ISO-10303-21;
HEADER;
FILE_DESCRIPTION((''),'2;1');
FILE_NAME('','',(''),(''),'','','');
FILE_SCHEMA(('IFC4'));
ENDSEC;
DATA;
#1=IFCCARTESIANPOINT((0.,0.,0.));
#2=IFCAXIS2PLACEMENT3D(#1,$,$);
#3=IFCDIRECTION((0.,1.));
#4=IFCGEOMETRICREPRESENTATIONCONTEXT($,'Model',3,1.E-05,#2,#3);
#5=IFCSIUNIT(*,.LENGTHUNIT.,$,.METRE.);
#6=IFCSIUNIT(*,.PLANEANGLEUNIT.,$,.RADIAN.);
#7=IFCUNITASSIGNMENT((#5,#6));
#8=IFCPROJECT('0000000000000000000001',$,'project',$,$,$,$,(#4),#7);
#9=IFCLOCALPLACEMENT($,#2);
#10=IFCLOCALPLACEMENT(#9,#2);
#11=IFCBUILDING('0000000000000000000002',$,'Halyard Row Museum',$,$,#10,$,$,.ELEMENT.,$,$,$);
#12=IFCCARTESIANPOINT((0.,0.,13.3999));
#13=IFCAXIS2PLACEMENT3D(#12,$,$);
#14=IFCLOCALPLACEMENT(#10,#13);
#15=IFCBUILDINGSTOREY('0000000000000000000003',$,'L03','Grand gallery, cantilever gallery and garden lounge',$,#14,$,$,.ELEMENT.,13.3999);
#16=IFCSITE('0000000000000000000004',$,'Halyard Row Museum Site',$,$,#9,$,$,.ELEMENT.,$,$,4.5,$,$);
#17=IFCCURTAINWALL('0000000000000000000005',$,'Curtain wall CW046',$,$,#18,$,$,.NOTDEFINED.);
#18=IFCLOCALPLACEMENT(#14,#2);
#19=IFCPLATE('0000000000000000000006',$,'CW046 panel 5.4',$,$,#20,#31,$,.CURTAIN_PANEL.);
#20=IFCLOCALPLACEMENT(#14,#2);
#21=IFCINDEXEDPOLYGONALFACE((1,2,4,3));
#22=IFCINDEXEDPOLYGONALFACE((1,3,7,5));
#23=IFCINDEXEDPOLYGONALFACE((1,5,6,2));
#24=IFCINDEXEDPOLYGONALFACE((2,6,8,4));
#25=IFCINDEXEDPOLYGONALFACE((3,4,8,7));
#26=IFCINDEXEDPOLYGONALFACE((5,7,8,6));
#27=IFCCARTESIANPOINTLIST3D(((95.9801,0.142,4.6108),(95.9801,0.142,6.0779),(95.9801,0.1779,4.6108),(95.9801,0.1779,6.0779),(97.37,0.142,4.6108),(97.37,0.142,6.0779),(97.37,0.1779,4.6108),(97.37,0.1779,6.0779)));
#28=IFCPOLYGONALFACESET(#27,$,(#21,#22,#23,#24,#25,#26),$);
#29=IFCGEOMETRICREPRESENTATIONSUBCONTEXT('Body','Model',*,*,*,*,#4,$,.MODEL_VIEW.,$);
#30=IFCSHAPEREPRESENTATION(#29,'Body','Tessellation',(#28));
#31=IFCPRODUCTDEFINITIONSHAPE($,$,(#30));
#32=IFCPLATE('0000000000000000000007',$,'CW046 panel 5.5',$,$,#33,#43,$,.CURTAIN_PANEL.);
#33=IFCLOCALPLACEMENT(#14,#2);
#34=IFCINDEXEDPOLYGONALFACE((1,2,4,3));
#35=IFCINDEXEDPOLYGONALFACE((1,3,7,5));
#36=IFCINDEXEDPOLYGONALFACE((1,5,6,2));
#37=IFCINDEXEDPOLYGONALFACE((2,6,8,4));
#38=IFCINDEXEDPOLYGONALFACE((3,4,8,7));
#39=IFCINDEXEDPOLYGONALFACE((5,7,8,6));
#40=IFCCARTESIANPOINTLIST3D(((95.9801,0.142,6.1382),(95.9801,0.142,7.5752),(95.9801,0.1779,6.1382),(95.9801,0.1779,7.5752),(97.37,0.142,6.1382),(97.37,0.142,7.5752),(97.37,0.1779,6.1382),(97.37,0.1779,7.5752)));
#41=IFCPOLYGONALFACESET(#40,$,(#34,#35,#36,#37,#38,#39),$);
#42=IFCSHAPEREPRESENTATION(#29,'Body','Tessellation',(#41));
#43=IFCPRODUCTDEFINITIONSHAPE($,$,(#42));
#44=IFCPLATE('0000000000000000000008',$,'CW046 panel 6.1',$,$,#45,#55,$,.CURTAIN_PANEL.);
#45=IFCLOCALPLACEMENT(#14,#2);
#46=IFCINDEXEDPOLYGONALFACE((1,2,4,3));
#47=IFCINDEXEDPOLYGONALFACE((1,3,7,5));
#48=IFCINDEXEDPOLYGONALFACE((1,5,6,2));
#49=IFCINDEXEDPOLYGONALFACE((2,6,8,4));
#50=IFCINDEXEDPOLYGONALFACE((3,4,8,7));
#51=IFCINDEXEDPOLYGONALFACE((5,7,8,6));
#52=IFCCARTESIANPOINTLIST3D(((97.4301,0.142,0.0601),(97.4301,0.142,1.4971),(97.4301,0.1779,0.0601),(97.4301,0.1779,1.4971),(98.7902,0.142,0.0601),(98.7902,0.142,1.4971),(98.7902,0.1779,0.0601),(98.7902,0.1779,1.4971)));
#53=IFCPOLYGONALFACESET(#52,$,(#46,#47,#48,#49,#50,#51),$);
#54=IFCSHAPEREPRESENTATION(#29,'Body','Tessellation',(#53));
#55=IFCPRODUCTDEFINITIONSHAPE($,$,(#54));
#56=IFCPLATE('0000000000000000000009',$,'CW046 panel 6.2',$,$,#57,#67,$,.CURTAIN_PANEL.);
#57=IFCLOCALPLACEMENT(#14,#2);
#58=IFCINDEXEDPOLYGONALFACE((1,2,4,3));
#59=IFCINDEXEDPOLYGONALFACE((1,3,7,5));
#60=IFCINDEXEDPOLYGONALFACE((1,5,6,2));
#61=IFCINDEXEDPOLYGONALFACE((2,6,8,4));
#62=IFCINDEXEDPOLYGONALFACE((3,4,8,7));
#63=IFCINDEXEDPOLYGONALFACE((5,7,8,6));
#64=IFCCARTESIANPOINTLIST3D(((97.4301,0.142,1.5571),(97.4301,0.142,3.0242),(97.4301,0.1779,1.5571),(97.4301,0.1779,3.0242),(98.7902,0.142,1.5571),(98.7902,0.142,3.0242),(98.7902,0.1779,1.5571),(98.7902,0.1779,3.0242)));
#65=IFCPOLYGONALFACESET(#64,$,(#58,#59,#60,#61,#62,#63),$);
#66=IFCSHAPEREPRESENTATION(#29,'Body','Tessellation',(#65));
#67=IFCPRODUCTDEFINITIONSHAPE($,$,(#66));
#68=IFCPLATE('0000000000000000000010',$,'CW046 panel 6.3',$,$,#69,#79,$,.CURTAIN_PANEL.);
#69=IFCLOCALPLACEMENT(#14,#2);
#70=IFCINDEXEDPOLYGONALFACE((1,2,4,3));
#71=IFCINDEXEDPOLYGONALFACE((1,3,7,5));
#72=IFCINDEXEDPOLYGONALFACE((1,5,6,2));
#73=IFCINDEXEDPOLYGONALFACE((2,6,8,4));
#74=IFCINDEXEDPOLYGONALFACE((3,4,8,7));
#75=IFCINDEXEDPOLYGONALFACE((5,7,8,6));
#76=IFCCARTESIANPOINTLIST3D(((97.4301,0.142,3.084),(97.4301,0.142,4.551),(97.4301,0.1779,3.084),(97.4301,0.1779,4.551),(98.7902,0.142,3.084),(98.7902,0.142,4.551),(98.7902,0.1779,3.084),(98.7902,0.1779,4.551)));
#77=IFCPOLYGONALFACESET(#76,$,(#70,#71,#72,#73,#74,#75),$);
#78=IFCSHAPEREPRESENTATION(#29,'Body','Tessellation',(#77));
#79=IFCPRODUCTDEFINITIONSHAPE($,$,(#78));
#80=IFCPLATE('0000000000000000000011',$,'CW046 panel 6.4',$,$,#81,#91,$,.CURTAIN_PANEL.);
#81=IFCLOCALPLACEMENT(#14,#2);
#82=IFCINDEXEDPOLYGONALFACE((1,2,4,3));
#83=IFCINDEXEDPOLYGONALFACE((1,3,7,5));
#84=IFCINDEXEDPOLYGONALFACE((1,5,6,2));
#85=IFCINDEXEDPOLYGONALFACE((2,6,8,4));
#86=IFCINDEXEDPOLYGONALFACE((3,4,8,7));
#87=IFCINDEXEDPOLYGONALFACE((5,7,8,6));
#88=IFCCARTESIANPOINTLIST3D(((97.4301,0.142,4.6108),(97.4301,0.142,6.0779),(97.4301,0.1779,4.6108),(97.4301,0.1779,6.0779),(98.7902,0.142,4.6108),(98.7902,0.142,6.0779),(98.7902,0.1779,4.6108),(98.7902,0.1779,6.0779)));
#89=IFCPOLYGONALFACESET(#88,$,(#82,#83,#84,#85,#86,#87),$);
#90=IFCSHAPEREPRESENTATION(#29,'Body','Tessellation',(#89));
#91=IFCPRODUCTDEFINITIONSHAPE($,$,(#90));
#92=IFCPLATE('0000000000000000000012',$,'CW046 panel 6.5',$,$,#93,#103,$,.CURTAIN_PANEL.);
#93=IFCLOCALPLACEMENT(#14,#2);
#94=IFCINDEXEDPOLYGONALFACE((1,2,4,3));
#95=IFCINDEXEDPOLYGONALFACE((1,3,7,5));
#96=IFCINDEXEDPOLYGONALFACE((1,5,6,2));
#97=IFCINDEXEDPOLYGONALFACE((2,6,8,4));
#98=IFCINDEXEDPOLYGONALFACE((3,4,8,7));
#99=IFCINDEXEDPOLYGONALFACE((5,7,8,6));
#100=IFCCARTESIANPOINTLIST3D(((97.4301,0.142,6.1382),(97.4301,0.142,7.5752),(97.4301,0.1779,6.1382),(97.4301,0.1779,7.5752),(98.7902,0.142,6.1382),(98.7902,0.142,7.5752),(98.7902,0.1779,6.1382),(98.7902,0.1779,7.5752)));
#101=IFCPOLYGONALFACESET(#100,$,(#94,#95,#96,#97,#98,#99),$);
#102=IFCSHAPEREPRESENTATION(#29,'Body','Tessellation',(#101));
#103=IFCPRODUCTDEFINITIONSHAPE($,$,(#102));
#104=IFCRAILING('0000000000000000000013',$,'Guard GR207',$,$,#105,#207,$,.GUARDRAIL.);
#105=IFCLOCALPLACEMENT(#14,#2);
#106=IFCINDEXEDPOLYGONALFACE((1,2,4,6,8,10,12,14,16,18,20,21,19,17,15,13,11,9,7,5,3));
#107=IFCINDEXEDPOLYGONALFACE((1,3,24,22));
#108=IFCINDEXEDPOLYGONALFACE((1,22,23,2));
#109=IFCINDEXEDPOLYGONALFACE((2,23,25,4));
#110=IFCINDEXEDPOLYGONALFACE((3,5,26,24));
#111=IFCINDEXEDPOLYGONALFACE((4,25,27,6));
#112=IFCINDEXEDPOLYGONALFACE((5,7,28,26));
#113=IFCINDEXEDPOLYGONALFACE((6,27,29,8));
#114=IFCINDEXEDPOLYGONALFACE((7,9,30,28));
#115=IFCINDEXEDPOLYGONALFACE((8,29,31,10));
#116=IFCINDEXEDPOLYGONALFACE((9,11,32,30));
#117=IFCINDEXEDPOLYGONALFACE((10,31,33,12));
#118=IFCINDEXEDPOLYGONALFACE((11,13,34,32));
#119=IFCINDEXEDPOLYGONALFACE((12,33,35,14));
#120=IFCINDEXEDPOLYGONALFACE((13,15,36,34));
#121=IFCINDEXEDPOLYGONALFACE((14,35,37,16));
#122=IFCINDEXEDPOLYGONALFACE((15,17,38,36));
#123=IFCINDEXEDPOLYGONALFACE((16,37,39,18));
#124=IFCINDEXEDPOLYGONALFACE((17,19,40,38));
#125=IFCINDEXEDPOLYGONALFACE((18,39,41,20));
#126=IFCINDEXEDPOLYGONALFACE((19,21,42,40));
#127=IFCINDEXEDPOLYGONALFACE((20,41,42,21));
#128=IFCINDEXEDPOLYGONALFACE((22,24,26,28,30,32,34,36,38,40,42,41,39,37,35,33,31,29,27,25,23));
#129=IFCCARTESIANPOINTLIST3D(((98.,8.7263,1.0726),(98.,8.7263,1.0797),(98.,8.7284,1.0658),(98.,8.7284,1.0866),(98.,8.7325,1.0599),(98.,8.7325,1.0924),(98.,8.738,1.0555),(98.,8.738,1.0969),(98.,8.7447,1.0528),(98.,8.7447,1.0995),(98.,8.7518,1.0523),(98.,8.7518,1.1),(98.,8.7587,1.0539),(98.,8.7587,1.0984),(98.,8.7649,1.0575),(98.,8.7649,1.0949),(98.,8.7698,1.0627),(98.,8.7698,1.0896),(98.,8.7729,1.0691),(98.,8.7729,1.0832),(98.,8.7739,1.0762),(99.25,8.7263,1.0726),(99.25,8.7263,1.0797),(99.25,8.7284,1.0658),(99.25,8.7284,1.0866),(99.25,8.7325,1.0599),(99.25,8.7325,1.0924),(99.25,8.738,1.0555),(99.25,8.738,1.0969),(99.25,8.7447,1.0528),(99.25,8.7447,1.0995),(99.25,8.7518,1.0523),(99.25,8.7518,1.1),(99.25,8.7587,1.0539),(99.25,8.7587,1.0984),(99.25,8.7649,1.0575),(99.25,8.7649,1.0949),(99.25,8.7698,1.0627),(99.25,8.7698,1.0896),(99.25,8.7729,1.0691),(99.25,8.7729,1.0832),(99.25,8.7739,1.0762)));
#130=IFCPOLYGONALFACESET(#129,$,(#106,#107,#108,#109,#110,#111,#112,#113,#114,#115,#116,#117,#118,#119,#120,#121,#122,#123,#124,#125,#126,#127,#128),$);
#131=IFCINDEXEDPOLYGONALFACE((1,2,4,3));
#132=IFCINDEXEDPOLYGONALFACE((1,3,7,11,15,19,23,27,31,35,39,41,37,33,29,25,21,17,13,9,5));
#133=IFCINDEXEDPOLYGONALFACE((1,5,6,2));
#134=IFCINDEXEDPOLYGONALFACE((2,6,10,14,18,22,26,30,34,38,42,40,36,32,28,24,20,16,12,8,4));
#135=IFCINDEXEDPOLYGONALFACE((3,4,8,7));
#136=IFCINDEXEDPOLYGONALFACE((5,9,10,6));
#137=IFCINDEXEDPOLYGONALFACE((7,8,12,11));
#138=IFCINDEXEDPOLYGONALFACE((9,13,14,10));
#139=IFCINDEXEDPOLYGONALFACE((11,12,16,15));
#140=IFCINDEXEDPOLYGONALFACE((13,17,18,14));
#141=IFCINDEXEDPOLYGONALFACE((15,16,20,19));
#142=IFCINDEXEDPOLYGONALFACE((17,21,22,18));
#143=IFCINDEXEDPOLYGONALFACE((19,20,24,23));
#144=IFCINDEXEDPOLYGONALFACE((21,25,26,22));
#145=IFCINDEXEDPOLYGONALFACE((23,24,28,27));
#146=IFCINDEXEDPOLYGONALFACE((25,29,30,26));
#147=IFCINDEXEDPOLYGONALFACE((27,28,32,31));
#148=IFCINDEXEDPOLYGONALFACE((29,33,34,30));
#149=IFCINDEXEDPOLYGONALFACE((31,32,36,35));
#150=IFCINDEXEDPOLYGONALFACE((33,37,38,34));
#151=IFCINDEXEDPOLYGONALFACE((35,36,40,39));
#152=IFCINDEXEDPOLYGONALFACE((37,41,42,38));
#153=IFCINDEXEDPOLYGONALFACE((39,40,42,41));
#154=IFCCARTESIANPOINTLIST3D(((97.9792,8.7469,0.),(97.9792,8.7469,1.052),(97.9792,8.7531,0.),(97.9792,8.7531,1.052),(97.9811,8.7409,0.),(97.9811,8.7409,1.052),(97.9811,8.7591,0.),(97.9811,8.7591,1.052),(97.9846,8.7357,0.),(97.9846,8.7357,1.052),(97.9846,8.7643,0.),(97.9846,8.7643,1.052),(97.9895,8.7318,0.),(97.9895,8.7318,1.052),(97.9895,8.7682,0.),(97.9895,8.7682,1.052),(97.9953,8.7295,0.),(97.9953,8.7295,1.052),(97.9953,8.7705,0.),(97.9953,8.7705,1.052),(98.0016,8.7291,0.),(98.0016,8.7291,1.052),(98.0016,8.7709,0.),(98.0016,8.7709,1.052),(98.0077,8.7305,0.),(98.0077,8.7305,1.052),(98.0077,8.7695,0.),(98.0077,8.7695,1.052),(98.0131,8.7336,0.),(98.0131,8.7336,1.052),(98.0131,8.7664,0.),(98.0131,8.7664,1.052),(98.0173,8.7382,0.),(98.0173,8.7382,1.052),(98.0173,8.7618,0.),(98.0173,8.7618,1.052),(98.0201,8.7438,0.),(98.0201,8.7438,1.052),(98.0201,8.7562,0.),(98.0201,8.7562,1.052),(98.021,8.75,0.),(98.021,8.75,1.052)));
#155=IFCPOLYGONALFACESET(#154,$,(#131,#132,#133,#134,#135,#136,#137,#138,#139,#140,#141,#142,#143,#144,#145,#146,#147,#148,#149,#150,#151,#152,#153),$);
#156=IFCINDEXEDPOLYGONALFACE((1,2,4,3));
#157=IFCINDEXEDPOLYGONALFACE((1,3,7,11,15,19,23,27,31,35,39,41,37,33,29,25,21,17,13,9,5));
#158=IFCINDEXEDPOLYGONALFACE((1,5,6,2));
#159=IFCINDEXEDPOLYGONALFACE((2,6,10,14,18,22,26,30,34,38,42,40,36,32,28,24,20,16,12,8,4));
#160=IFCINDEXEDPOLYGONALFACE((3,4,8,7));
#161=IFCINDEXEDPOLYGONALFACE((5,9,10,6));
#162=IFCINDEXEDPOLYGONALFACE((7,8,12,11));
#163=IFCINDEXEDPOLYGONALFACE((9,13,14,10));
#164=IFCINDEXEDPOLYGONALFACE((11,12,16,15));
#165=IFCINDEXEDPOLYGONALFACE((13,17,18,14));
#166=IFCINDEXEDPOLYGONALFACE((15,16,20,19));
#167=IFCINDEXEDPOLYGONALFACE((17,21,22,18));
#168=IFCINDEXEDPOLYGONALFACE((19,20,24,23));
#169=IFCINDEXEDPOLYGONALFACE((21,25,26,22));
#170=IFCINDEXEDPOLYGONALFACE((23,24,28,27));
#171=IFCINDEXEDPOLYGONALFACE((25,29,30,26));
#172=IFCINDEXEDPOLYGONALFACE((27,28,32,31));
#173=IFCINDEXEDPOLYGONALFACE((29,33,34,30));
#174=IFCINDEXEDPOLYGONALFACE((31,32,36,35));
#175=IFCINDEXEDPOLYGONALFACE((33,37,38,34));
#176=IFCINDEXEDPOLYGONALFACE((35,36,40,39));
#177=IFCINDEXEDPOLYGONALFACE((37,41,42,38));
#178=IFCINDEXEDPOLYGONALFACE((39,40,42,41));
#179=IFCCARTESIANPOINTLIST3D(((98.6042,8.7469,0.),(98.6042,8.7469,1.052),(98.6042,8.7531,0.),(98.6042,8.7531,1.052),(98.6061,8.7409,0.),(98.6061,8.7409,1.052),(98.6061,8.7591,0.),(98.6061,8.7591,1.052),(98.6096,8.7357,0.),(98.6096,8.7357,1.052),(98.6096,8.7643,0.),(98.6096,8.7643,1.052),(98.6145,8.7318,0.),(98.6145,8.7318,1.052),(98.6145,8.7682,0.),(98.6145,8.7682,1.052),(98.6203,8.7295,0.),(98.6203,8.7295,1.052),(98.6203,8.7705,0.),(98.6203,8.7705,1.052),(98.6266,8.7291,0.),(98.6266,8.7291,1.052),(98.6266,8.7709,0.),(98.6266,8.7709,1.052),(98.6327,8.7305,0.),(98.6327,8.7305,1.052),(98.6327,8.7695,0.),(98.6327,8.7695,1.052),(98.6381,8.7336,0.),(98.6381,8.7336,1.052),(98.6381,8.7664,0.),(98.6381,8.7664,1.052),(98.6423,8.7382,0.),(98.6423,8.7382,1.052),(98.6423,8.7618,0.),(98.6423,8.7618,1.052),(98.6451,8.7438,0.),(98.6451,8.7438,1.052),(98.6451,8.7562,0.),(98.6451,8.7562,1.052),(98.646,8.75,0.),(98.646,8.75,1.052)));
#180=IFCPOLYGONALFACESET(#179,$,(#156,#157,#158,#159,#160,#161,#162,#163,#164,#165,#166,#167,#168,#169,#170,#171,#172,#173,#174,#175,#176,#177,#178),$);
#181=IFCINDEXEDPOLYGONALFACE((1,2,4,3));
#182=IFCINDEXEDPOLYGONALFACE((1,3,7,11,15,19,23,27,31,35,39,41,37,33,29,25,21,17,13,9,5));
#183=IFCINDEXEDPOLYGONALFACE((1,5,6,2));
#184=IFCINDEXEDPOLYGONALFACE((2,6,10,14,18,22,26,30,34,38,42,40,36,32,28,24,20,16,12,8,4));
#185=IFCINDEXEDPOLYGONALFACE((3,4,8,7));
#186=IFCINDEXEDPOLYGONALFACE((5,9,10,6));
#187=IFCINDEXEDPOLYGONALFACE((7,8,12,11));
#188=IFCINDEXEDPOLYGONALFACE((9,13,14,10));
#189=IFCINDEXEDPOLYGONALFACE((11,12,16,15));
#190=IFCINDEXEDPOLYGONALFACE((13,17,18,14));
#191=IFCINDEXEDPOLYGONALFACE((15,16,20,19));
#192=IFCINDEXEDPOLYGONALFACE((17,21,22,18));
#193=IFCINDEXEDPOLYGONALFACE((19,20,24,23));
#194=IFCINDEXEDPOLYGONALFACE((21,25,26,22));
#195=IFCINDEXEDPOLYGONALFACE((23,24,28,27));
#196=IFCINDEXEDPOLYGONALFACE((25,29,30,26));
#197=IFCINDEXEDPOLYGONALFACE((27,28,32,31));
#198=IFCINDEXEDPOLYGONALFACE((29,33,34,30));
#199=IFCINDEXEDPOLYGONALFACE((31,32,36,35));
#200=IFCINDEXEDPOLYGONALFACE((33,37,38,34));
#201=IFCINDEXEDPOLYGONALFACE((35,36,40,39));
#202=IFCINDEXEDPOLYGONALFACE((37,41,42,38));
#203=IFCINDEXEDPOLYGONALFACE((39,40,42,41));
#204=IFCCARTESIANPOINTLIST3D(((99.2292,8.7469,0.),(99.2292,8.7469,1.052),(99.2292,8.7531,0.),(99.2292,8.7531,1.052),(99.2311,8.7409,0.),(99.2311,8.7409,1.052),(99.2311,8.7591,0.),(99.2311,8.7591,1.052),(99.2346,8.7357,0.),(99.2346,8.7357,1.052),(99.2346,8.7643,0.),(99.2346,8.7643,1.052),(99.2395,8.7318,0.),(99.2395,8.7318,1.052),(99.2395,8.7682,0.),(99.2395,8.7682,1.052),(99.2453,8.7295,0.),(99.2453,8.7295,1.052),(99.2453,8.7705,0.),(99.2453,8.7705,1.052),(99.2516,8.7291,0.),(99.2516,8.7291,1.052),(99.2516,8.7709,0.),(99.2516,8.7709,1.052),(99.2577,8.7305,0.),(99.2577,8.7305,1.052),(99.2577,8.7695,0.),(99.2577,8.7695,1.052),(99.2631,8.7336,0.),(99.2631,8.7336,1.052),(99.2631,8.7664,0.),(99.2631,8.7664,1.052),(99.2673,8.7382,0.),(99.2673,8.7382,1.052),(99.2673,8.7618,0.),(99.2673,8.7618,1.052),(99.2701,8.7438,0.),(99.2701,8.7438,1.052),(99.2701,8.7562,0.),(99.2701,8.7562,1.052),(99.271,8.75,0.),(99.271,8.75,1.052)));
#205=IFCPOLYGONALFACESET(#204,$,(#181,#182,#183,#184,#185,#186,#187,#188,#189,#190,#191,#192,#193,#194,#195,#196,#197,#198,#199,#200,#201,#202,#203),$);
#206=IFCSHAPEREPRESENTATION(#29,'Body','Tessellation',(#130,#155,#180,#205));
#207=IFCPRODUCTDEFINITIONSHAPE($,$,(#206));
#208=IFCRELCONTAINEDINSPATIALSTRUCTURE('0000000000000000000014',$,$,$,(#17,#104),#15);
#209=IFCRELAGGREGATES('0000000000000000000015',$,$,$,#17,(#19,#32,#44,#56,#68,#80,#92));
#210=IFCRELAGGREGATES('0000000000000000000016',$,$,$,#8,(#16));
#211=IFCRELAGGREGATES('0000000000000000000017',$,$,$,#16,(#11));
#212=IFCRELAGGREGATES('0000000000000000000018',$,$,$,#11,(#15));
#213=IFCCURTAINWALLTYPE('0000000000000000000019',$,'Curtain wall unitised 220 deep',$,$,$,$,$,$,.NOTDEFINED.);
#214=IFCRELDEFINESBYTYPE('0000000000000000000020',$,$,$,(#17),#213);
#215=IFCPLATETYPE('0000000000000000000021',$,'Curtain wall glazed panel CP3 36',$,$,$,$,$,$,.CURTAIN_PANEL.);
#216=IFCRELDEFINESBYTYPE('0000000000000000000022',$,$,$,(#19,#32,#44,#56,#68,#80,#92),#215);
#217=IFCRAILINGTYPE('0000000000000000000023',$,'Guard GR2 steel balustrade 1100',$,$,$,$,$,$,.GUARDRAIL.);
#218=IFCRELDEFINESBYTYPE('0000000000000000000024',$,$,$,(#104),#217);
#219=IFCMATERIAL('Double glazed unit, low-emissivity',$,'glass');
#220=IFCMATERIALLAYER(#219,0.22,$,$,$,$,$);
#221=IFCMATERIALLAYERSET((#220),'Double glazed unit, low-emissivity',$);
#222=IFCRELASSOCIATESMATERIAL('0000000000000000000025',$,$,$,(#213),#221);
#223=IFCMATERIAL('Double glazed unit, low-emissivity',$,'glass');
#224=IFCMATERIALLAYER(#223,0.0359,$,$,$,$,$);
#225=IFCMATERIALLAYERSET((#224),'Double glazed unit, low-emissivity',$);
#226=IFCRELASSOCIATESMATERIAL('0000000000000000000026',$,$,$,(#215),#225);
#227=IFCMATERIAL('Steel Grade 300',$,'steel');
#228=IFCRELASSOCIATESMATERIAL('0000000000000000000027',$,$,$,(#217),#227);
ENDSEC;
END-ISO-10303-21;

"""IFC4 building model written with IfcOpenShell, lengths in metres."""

from ifc_helpers import new_model, si_unit, direction, frame, origin, origin_2d, place, context, subcontext, project, spatial, rectangle, circle, extrude, material, layer, layer_set, type_object, element, aggregate, save


model = new_model("IFC4")

# Units and contexts
model_context = context("Model", 3, precision=1e-05, world=origin(), true_north=direction((0.0, 1.0)))
body_context = subcontext(model_context, "Body", "Model", "MODEL_VIEW")
ifc_project = project(units=[si_unit("LENGTHUNIT", "METRE"), si_unit("PLANEANGLEUNIT", "RADIAN")], contexts=[model_context])

# Site, building, storey
site_placement = place(None, origin())
site = spatial("IfcSite", under=ifc_project, at=site_placement, Name="Halyard Row Museum Site", CompositionType="ELEMENT", RefElevation=4.5)
building_placement = place(site_placement, origin())
building = spatial("IfcBuilding", under=site, at=building_placement, Name="Halyard Row Museum", CompositionType="ELEMENT")
storey_placement = place(building_placement, frame((0.0, 0.0, 13.3999)))
storey = spatial("IfcBuildingStorey", under=building, at=storey_placement, Name="L03", Description="Grand gallery, cantilever gallery and garden lounge", CompositionType="ELEMENT", Elevation=13.3999)

# Curtain wall
ifc_material_1 = material(Name="Double glazed unit, low-emissivity", Category="glass")
ifc_layer_1 = layer(ifc_material_1, 0.22)
ifc_layer_set_1 = layer_set([ifc_layer_1], Name="Double glazed unit, low-emissivity")
curtain_wall_type_1 = type_object("IfcCurtainWallType", Name="Curtain wall unitised 220 deep", PredefinedType="NOTDEFINED", material=ifc_layer_set_1)
curtain_wall_1_placement = place(storey_placement, origin())
curtain_wall_1 = element("IfcCurtainWall", 1, at=curtain_wall_1_placement, inside=storey, type_object=curtain_wall_type_1, Name="Curtain wall CW046", PredefinedType="NOTDEFINED")

# Plates
ifc_material_2 = material(Name="Double glazed unit, low-emissivity", Category="glass")
ifc_layer_2 = layer(ifc_material_2, 0.0359)
ifc_layer_set_2 = layer_set([ifc_layer_2], Name="Double glazed unit, low-emissivity")
plate_type = type_object("IfcPlateType", Name="Curtain wall glazed panel CP3 36", PredefinedType="CURTAIN_PANEL", material=ifc_layer_set_2)
plate_1_placement = place(storey_placement, frame((96.675, 0.1599, 4.6108), z_axis=(0.0, 0.0, 1.0), x_axis=(1.0, 0.0, 0.0)))
plate_1 = element("IfcPlate", 2, at=plate_1_placement, type_object=plate_type, Name="CW046 panel 5.4", PredefinedType="CURTAIN_PANEL", context=body_context, shape_type="SweptSolid", body=[
    extrude(rectangle(XDim=1.3899, YDim=0.0359, at=origin_2d()), origin(), (0.0, 0.0, 1.0), 1.467),
])
plate_2_placement = place(storey_placement, frame((96.675, 0.1599, 6.1382), z_axis=(0.0, 0.0, 1.0), x_axis=(1.0, 0.0, 0.0)))
plate_2 = element("IfcPlate", 3, at=plate_2_placement, type_object=plate_type, Name="CW046 panel 5.5", PredefinedType="CURTAIN_PANEL", context=body_context, shape_type="SweptSolid", body=[
    extrude(rectangle(XDim=1.3899, YDim=0.0359, at=origin_2d()), origin(), (0.0, 0.0, 1.0), 1.437),
])
plate_3_placement = place(storey_placement, frame((98.1101, 0.1599, 0.0601), z_axis=(0.0, 0.0, 1.0), x_axis=(1.0, 0.0, 0.0)))
plate_3 = element("IfcPlate", 4, at=plate_3_placement, type_object=plate_type, Name="CW046 panel 6.1", PredefinedType="CURTAIN_PANEL", context=body_context, shape_type="SweptSolid", body=[
    extrude(rectangle(XDim=1.3601, YDim=0.0359, at=origin_2d()), origin(), (0.0, 0.0, 1.0), 1.437),
])
plate_4_placement = place(storey_placement, frame((98.1101, 0.1599, 1.5571), z_axis=(0.0, 0.0, 1.0), x_axis=(1.0, 0.0, 0.0)))
plate_4 = element("IfcPlate", 5, at=plate_4_placement, type_object=plate_type, Name="CW046 panel 6.2", PredefinedType="CURTAIN_PANEL", context=body_context, shape_type="SweptSolid", body=[
    extrude(rectangle(XDim=1.3601, YDim=0.0359, at=origin_2d()), origin(), (0.0, 0.0, 1.0), 1.467),
])
plate_5_placement = place(storey_placement, frame((98.1101, 0.1599, 3.084), z_axis=(0.0, 0.0, 1.0), x_axis=(1.0, 0.0, 0.0)))
plate_5 = element("IfcPlate", 6, at=plate_5_placement, type_object=plate_type, Name="CW046 panel 6.3", PredefinedType="CURTAIN_PANEL", context=body_context, shape_type="SweptSolid", body=[
    extrude(rectangle(XDim=1.3601, YDim=0.0359, at=origin_2d()), origin(), (0.0, 0.0, 1.0), 1.467),
])
plate_6_placement = place(storey_placement, frame((98.1101, 0.1599, 4.6108), z_axis=(0.0, 0.0, 1.0), x_axis=(1.0, 0.0, 0.0)))
plate_6 = element("IfcPlate", 7, at=plate_6_placement, type_object=plate_type, Name="CW046 panel 6.4", PredefinedType="CURTAIN_PANEL", context=body_context, shape_type="SweptSolid", body=[
    extrude(rectangle(XDim=1.3601, YDim=0.0359, at=origin_2d()), origin(), (0.0, 0.0, 1.0), 1.467),
])
plate_7_placement = place(storey_placement, frame((98.1101, 0.1599, 6.1382), z_axis=(0.0, 0.0, 1.0), x_axis=(1.0, 0.0, 0.0)))
plate_7 = element("IfcPlate", 8, at=plate_7_placement, type_object=plate_type, Name="CW046 panel 6.5", PredefinedType="CURTAIN_PANEL", context=body_context, shape_type="SweptSolid", body=[
    extrude(rectangle(XDim=1.3601, YDim=0.0359, at=origin_2d()), origin(), (0.0, 0.0, 1.0), 1.437),
])
aggregate(curtain_wall_1, [plate_1, plate_2, plate_3, plate_4, plate_5, plate_6, plate_7])

# Railing
ifc_material_3 = material(Name="Steel Grade 300", Category="steel")
railing_type = type_object("IfcRailingType", Name="Guard GR2 steel balustrade 1100", PredefinedType="GUARDRAIL", material=ifc_material_3)
railing_placement = place(storey_placement, frame((98.0, 8.75, 0.0)))
element("IfcRailing", 9, at=railing_placement, inside=storey, type_object=railing_type, Name="Guard GR207", PredefinedType="GUARDRAIL", context=body_context, shape_type="SweptSolid", body=[
    extrude(circle(Radius=0.0239, at=origin_2d()), frame((0.0, 0.0, 1.0762), z_axis=(1.0, 0.0, 0.0), x_axis=(0.0, 1.0, 0.0)), (0.0, 0.0, 1.0), 1.25),
    extrude(circle(Radius=0.021, at=origin_2d()), origin(), (0.0, 0.0, 1.0), 1.052),
    extrude(circle(Radius=0.021, at=origin_2d()), frame((0.625, 0.0, 0.0)), (0.0, 0.0, 1.0), 1.052),
    extrude(circle(Radius=0.021, at=origin_2d()), frame((1.25, 0.0, 0.0)), (0.0, 0.0, 1.0), 1.052),
])

save(model, "model.ifc")
